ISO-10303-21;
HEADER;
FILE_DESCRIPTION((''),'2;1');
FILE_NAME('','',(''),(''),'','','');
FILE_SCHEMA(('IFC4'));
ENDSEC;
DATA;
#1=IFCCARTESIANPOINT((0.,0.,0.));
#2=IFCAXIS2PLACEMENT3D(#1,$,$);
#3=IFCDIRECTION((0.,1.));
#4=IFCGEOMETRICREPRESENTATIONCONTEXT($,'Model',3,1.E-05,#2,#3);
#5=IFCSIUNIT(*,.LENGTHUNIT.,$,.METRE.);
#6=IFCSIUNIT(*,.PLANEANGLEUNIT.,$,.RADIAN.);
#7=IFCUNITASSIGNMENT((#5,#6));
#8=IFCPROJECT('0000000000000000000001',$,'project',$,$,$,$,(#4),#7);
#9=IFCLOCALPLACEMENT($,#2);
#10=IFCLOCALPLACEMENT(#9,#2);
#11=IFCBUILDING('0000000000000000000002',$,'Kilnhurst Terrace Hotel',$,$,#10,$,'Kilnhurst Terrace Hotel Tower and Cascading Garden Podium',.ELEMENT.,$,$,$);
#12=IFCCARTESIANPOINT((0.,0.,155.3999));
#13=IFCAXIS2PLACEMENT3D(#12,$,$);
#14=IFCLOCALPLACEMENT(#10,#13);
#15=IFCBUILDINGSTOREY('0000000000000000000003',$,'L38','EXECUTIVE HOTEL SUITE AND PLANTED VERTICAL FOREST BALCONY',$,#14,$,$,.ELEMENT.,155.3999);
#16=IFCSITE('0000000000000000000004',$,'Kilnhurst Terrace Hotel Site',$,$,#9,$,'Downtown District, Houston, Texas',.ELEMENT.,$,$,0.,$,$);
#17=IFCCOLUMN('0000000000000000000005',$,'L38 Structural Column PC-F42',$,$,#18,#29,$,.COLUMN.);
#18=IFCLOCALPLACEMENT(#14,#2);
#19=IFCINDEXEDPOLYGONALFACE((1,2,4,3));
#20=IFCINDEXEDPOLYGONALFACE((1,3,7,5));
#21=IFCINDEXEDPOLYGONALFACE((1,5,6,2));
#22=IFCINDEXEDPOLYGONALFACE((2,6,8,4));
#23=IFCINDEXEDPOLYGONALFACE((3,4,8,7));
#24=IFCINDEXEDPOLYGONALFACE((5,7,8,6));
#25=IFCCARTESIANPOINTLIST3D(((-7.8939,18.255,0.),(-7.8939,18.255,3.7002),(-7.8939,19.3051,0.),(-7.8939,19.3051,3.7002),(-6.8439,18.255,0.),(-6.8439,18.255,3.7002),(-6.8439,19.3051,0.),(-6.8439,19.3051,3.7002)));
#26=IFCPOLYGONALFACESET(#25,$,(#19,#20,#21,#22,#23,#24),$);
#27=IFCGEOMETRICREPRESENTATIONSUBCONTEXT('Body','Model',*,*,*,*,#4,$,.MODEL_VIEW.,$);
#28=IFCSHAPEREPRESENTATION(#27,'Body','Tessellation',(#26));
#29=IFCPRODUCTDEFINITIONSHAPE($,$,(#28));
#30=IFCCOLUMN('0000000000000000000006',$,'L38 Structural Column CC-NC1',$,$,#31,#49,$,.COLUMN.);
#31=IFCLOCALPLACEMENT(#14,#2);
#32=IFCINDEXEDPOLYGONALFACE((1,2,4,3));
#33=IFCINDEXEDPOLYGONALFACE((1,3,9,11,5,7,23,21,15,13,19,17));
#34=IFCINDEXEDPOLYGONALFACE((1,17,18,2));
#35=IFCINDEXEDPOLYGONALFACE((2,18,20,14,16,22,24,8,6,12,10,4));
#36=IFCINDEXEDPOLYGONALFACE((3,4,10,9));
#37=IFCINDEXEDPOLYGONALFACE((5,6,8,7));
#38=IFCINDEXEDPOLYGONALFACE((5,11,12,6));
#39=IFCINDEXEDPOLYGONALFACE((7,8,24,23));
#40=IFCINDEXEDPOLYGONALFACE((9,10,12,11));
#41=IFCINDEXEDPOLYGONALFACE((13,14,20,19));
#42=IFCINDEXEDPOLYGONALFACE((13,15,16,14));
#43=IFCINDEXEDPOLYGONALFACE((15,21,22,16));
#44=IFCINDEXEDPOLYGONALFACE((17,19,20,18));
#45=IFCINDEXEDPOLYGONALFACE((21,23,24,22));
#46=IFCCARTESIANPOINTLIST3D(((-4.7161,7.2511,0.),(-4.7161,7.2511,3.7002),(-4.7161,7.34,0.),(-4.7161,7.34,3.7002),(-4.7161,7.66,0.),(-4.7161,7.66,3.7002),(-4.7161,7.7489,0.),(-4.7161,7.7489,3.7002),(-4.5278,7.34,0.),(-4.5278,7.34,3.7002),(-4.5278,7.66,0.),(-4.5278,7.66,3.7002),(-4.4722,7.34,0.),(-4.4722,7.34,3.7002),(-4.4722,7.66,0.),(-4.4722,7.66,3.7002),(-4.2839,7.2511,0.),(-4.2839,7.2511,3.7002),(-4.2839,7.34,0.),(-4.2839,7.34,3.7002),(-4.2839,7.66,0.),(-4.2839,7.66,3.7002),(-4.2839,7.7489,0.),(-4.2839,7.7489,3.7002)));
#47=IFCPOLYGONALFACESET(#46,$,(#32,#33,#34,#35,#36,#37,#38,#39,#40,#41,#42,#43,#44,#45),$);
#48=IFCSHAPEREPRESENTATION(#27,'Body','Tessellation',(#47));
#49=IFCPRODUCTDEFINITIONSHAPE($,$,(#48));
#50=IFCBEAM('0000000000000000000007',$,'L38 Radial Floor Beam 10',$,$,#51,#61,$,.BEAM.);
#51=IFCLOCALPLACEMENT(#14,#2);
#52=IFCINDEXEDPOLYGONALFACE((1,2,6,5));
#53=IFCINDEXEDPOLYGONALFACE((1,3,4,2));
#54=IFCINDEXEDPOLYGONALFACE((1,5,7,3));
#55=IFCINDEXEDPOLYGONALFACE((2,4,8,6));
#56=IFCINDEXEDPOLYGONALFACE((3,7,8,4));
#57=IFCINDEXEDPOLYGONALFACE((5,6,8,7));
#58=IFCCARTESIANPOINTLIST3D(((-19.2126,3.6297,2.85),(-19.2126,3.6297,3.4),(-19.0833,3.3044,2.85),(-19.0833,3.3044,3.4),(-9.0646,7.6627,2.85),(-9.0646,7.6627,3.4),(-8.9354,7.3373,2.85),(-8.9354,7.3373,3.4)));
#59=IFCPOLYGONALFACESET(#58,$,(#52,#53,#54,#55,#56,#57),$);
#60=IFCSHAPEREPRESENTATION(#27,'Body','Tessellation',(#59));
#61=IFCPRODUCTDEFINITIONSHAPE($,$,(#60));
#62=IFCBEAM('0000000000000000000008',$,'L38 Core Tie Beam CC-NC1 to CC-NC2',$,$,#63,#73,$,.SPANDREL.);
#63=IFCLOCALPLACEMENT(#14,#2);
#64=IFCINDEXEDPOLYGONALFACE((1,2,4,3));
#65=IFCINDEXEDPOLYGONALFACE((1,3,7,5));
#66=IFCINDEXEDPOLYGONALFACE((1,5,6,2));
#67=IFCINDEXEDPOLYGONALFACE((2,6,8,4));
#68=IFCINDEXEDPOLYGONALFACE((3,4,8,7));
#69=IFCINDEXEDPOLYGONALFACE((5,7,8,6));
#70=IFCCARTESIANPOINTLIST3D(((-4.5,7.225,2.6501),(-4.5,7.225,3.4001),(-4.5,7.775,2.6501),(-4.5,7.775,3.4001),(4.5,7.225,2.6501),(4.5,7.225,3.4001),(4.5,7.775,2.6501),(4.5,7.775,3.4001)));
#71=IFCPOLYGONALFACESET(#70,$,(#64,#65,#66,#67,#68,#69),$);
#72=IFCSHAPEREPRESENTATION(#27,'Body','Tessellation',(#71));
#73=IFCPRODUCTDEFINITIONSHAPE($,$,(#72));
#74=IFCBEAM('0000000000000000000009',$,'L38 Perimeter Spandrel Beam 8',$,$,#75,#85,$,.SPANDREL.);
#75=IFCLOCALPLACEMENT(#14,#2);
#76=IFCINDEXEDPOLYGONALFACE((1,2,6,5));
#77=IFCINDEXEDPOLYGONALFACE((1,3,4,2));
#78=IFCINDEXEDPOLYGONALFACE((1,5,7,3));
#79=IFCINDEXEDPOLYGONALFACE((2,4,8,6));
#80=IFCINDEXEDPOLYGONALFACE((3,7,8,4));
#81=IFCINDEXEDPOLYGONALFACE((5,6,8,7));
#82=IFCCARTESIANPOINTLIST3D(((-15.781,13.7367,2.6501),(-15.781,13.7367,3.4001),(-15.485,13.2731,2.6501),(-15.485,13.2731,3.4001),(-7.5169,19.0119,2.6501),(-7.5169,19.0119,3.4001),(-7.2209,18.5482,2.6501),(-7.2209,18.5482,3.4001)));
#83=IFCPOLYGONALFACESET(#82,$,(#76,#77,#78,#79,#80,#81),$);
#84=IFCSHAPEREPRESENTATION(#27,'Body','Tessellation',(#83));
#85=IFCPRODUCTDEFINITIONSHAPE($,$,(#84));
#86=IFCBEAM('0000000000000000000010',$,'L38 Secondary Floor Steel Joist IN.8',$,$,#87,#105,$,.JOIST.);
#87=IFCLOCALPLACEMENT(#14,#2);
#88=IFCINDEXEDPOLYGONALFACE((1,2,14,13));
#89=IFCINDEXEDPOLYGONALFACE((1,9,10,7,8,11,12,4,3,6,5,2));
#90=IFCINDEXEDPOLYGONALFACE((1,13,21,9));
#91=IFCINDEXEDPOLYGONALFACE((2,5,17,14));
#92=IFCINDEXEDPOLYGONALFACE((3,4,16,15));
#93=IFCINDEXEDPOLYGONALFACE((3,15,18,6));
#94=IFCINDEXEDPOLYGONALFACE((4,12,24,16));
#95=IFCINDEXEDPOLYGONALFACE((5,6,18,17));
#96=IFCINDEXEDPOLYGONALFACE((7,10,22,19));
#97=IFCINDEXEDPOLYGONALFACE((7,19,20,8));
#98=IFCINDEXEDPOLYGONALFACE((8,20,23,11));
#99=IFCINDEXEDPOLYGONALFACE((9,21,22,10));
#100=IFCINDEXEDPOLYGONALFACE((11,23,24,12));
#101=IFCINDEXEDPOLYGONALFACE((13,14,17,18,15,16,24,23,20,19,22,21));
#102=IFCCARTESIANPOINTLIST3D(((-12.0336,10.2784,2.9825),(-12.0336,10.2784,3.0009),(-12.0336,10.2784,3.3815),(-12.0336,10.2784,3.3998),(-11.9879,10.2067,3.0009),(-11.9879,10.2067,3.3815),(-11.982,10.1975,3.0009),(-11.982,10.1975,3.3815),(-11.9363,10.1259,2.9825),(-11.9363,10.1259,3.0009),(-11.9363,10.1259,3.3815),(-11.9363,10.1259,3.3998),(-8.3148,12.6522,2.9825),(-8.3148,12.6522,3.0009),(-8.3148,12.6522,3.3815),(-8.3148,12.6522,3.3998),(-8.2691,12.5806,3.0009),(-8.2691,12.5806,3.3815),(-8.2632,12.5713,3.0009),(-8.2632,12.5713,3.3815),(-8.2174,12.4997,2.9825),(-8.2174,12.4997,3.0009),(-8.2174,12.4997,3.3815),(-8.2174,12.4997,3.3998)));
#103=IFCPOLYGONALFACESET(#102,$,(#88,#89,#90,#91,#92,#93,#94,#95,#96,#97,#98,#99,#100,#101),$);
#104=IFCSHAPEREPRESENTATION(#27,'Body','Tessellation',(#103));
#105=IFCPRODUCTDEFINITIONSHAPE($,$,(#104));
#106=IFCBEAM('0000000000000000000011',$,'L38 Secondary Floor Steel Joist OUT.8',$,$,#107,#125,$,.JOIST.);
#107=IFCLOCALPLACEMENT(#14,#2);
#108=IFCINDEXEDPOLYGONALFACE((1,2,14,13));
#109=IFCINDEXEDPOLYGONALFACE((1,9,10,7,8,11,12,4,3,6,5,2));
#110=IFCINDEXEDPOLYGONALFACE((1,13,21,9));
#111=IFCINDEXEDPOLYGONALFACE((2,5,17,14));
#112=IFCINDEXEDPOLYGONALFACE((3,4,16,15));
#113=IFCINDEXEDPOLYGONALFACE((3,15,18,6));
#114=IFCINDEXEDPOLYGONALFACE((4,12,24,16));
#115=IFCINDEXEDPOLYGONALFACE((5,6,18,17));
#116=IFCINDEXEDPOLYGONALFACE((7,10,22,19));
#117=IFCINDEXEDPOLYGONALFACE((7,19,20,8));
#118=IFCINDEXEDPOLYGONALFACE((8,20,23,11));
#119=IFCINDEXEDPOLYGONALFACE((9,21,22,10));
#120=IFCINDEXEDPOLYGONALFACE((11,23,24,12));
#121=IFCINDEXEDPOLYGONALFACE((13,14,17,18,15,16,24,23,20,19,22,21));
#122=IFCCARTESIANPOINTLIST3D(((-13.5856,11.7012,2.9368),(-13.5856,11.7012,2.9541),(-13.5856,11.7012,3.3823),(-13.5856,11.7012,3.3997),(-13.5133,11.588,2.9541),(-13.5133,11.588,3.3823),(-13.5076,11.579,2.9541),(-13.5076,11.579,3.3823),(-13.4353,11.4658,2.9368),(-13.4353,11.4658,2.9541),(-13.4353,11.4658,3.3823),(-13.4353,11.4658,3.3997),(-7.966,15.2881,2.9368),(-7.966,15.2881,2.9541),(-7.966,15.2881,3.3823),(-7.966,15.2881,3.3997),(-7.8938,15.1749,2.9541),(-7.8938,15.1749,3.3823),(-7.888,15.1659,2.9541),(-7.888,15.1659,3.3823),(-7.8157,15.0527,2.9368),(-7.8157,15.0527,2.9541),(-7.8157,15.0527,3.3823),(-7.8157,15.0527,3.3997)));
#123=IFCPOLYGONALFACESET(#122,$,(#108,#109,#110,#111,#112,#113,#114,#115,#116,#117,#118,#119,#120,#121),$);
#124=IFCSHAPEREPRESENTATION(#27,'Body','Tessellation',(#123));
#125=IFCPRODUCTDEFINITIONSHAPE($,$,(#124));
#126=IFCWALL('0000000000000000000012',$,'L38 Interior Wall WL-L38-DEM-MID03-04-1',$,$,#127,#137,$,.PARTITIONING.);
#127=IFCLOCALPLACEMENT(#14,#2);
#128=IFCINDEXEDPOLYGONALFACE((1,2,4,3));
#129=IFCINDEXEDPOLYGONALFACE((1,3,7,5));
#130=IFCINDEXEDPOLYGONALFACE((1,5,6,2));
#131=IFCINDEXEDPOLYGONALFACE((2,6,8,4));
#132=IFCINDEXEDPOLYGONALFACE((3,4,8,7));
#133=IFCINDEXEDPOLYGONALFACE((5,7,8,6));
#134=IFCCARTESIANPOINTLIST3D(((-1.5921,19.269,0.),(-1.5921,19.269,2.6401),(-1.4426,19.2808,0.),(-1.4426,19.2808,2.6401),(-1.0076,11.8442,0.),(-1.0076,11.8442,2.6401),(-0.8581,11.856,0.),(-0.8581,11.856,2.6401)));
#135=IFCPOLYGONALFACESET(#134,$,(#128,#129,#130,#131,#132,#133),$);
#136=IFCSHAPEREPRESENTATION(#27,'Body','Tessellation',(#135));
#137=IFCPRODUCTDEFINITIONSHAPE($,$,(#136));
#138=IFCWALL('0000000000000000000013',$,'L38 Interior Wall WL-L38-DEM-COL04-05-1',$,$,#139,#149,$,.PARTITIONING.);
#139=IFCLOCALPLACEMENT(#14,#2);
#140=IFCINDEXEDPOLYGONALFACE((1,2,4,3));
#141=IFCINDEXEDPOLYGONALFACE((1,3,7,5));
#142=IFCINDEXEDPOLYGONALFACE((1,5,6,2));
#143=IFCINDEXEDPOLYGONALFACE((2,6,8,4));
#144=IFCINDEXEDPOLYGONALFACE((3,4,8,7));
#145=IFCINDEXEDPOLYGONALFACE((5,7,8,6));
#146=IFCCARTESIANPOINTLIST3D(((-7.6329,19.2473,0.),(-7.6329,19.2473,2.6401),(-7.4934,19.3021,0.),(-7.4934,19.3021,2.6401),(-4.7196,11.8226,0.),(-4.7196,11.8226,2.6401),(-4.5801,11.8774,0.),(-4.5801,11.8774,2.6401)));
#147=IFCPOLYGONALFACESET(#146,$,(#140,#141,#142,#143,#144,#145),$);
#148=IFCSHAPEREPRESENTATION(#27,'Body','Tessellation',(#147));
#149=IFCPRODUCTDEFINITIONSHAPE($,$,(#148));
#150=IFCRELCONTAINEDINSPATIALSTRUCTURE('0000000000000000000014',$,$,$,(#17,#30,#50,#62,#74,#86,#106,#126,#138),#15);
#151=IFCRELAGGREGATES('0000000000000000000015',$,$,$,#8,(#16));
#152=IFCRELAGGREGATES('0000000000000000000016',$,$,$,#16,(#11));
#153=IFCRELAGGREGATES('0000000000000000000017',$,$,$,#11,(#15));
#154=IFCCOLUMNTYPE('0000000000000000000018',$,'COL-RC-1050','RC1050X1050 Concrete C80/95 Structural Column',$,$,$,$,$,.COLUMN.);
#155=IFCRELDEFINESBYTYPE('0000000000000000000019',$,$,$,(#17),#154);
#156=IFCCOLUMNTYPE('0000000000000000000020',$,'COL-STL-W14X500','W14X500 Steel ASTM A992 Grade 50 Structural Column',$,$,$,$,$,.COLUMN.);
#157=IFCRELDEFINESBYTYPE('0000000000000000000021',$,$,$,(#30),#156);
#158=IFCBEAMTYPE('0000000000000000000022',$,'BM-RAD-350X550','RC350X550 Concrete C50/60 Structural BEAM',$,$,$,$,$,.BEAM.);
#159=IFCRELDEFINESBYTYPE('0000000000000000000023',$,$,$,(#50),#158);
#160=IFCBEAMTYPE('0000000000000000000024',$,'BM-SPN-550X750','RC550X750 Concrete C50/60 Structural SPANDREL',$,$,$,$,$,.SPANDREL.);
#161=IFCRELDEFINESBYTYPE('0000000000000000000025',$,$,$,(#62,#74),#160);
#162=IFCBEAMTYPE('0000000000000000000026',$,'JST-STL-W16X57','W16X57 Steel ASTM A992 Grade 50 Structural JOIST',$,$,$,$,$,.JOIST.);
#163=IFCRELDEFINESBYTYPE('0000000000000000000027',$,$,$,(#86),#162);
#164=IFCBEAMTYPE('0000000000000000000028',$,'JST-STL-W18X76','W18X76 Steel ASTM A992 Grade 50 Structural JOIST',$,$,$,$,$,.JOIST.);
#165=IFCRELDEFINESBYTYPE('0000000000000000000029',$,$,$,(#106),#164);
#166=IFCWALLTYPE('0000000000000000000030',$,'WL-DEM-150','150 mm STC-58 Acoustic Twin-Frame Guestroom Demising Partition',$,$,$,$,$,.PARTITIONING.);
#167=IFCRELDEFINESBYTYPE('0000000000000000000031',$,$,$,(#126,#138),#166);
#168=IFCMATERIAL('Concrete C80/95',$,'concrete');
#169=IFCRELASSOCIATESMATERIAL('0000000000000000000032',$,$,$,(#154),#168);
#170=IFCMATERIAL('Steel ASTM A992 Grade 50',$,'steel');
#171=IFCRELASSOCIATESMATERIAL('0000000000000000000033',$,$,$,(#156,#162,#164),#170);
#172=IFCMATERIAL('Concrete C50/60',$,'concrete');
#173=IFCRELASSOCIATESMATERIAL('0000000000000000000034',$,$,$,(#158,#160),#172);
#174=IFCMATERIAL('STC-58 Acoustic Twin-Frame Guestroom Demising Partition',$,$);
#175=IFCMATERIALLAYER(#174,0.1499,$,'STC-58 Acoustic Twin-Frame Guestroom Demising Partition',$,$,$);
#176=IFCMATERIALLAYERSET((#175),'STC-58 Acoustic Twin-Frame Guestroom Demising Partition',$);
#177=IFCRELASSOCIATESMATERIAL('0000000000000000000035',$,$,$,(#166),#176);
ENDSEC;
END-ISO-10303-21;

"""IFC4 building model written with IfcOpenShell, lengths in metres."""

from ifc_helpers import new_model, si_unit, direction, frame, frame_2d, origin, origin_2d, place, context, subcontext, project, spatial, rectangle, i_section, extrude, material, layer, layer_set, material_profile, profile_set, type_object, element, save


model = new_model("IFC4")

# Units and contexts
model_context = context("Model", 3, precision=1e-05, world=origin(), true_north=direction((0.0, 1.0)))
body_context = subcontext(model_context, "Body", "Model", "MODEL_VIEW")
ifc_project = project(units=[si_unit("LENGTHUNIT", "METRE"), si_unit("PLANEANGLEUNIT", "RADIAN")], contexts=[model_context])

# Site, building, storey
site_placement = place(None, origin())
site = spatial("IfcSite", under=ifc_project, at=site_placement, Name="Kilnhurst Terrace Hotel Site", LongName="Downtown District, Houston, Texas", CompositionType="ELEMENT", RefElevation=0.0)
building_placement = place(site_placement, origin())
building = spatial("IfcBuilding", under=site, at=building_placement, Name="Kilnhurst Terrace Hotel", LongName="Kilnhurst Terrace Hotel Tower and Cascading Garden Podium", CompositionType="ELEMENT")
storey_placement = place(building_placement, frame((0.0, 0.0, 155.3999)))
storey = spatial("IfcBuildingStorey", under=building, at=storey_placement, Name="L38", Description="EXECUTIVE HOTEL SUITE AND PLANTED VERTICAL FOREST BALCONY", CompositionType="ELEMENT", Elevation=155.3999)

# Columns
ifc_material_1 = material(Name="Concrete C80/95", Category="concrete")
ifc_material_profile_1 = material_profile(ifc_material_1, rectangle(XDim=1.05, YDim=1.05, at=origin_2d()), Name="RC1050X1050")
ifc_profile_set_1 = profile_set([ifc_material_profile_1], Name="Concrete C80/95")
column_type_1 = type_object("IfcColumnType", Name="COL-RC-1050", Description="RC1050X1050 Concrete C80/95 Structural Column", PredefinedType="COLUMN", material=ifc_profile_set_1)
column_1_placement = place(storey_placement, frame((-7.3689, 18.78, 0.0), z_axis=(0.0, 0.0, 1.0), x_axis=(1.0, 0.0, 0.0)))
element("IfcColumn", 1, at=column_1_placement, inside=storey, type_object=column_type_1, Name="L38 Structural Column PC-F42", PredefinedType="COLUMN", context=body_context, shape_type="SweptSolid", body=[
    extrude(rectangle(XDim=1.05, YDim=1.05, at=origin_2d()), origin(), (0.0, 0.0, 1.0), 3.7002),
])
ifc_material_2 = material(Name="Steel ASTM A992 Grade 50", Category="steel")
ifc_material_profile_2 = material_profile(ifc_material_2, i_section(OverallWidth=0.4321, OverallDepth=0.4978, WebThickness=0.0557, FlangeThickness=0.0889, at=origin_2d()), Name="W14X500")
ifc_profile_set_2 = profile_set([ifc_material_profile_2], Name="Steel ASTM A992 Grade 50")
column_type_2 = type_object("IfcColumnType", Name="COL-STL-W14X500", Description="W14X500 Steel ASTM A992 Grade 50 Structural Column", PredefinedType="COLUMN", material=ifc_profile_set_2)
column_2_placement = place(storey_placement, frame((-4.5, 7.5, 0.0), z_axis=(0.0, 0.0, 1.0), x_axis=(1.0, 0.0, 0.0)))
element("IfcColumn", 2, at=column_2_placement, inside=storey, type_object=column_type_2, Name="L38 Structural Column CC-NC1", PredefinedType="COLUMN", context=body_context, shape_type="SweptSolid", body=[
    extrude(i_section(OverallWidth=0.4321, OverallDepth=0.4978, WebThickness=0.0557, FlangeThickness=0.0889, at=origin_2d()), origin(), (0.0, 0.0, 1.0), 3.7002),
])

# Beams
ifc_material_3 = material(Name="Concrete C50/60", Category="concrete")
ifc_material_profile_3 = material_profile(ifc_material_3, rectangle(XDim=0.3501, YDim=0.55, at=origin_2d()), Name="RC350X550")
ifc_profile_set_3 = profile_set([ifc_material_profile_3], Name="Concrete C50/60")
beam_type_1 = type_object("IfcBeamType", Name="BM-RAD-350X550", Description="RC350X550 Concrete C50/60 Structural BEAM", PredefinedType="BEAM", material=ifc_profile_set_3)
beam_1_placement = place(storey_placement, frame((-9.0, 7.5, 3.125), z_axis=(-0.929302, -0.36932, 0.0), x_axis=(0.36932, -0.929302, 0.0)))
element("IfcBeam", 3, at=beam_1_placement, inside=storey, type_object=beam_type_1, Name="L38 Radial Floor Beam 10", PredefinedType="BEAM", context=body_context, shape_type="SweptSolid", body=[
    extrude(rectangle(XDim=0.3501, YDim=0.55, at=origin_2d()), origin(), (0.0, 0.0, 1.0), 10.9199),
])
ifc_material_profile_4 = material_profile(ifc_material_3, rectangle(XDim=0.55, YDim=0.75, at=origin_2d()), Name="RC550X750")
ifc_profile_set_4 = profile_set([ifc_material_profile_4], Name="Concrete C50/60")
beam_type_2 = type_object("IfcBeamType", Name="BM-SPN-550X750", Description="RC550X750 Concrete C50/60 Structural SPANDREL", PredefinedType="SPANDREL", material=ifc_profile_set_4)
beam_2_placement = place(storey_placement, frame((-4.5, 7.5, 3.0251), z_axis=(1.0, 0.0, 0.0), x_axis=(0.0, 1.0, 0.0)))
element("IfcBeam", 4, at=beam_2_placement, inside=storey, type_object=beam_type_2, Name="L38 Core Tie Beam CC-NC1 to CC-NC2", PredefinedType="SPANDREL", context=body_context, shape_type="SweptSolid", body=[
    extrude(rectangle(XDim=0.55, YDim=0.75, at=origin_2d()), origin(), (0.0, 0.0, 1.0), 9.0),
])
beam_3_placement = place(storey_placement, frame((-7.3689, 18.78, 3.0251), z_axis=(-0.842915, -0.538046, 0.0), x_axis=(0.538046, -0.842915, 0.0)))
element("IfcBeam", 5, at=beam_3_placement, inside=storey, type_object=beam_type_2, Name="L38 Perimeter Spandrel Beam 8", PredefinedType="SPANDREL", context=body_context, shape_type="SweptSolid", body=[
    extrude(rectangle(XDim=0.55, YDim=0.75, at=origin_2d()), origin(), (0.0, 0.0, 1.0), 9.8042),
])
ifc_material_profile_5 = material_profile(ifc_material_2, i_section(OverallWidth=0.1809, OverallDepth=0.4172, WebThickness=0.011, FlangeThickness=0.0183, at=origin_2d()), Name="W16X57")
ifc_profile_set_5 = profile_set([ifc_material_profile_5], Name="Steel ASTM A992 Grade 50")
beam_type_3 = type_object("IfcBeamType", Name="JST-STL-W16X57", Description="W16X57 Steel ASTM A992 Grade 50 Structural JOIST", PredefinedType="JOIST", material=ifc_profile_set_5)
beam_4_placement = place(storey_placement, frame((-8.2661, 12.5759, 3.1912), z_axis=(-0.842911, -0.538053, 0.0), x_axis=(0.538053, -0.842911, 0.0)))
element("IfcBeam", 6, at=beam_4_placement, inside=storey, type_object=beam_type_3, Name="L38 Secondary Floor Steel Joist IN.8", PredefinedType="JOIST", context=body_context, shape_type="SweptSolid", body=[
    extrude(i_section(OverallWidth=0.1809, OverallDepth=0.4172, WebThickness=0.011, FlangeThickness=0.0183, at=origin_2d()), origin(), (0.0, 0.0, 1.0), 4.4119),
])
ifc_material_profile_6 = material_profile(ifc_material_2, i_section(OverallWidth=0.2793, OverallDepth=0.4629, WebThickness=0.0107, FlangeThickness=0.0173, at=origin_2d()), Name="W18X76")
ifc_profile_set_6 = profile_set([ifc_material_profile_6], Name="Steel ASTM A992 Grade 50")
beam_type_4 = type_object("IfcBeamType", Name="JST-STL-W18X76", Description="W18X76 Steel ASTM A992 Grade 50 Structural JOIST", PredefinedType="JOIST", material=ifc_profile_set_6)
beam_5_placement = place(storey_placement, frame((-7.8909, 15.1704, 3.1682), z_axis=(-0.842928, -0.538027, 0.0), x_axis=(0.538027, -0.842928, 0.0)))
element("IfcBeam", 7, at=beam_5_placement, inside=storey, type_object=beam_type_4, Name="L38 Secondary Floor Steel Joist OUT.8", PredefinedType="JOIST", context=body_context, shape_type="SweptSolid", body=[
    extrude(i_section(OverallWidth=0.2793, OverallDepth=0.4629, WebThickness=0.0107, FlangeThickness=0.0173, at=origin_2d()), origin(), (0.0, 0.0, 1.0), 6.6667),
])

# Walls
ifc_material_4 = material(Name="STC-58 Acoustic Twin-Frame Guestroom Demising Partition")
ifc_layer_1 = layer(ifc_material_4, 0.1499, Name="STC-58 Acoustic Twin-Frame Guestroom Demising Partition")
ifc_layer_set_1 = layer_set([ifc_layer_1], Name="STC-58 Acoustic Twin-Frame Guestroom Demising Partition")
wall_type_1 = type_object("IfcWallType", Name="WL-DEM-150", Description="150 mm STC-58 Acoustic Twin-Frame Guestroom Demising Partition", PredefinedType="PARTITIONING", material=ifc_layer_set_1)
wall_1_placement = place(storey_placement, frame((-0.9329, 11.8501, 0.0), z_axis=(0.0, 0.0, 1.0), x_axis=(-0.078476, 0.996916, 0.0)))
element("IfcWall", 8, at=wall_1_placement, inside=storey, type_object=wall_type_1, Name="L38 Interior Wall WL-L38-DEM-MID03-04-1", PredefinedType="PARTITIONING", context=body_context, shape_type="SweptSolid", body=[
    extrude(rectangle(XDim=7.4478, YDim=0.1499, at=frame_2d((3.7239, 0.0))), origin(), (0.0, 0.0, 1.0), 2.6401),
])
wall_2_placement = place(storey_placement, frame((-4.6499, 11.8501, 0.0), z_axis=(0.0, 0.0, 1.0), x_axis=(-0.365266, 0.930903, 0.0)))
element("IfcWall", 9, at=wall_2_placement, inside=storey, type_object=wall_type_1, Name="L38 Interior Wall WL-L38-DEM-COL04-05-1", PredefinedType="PARTITIONING", context=body_context, shape_type="SweptSolid", body=[
    extrude(rectangle(XDim=7.9758, YDim=0.1499, at=frame_2d((3.9878, 0.0))), origin(), (0.0, 0.0, 1.0), 2.6401),
])

save(model, "model.ifc")
